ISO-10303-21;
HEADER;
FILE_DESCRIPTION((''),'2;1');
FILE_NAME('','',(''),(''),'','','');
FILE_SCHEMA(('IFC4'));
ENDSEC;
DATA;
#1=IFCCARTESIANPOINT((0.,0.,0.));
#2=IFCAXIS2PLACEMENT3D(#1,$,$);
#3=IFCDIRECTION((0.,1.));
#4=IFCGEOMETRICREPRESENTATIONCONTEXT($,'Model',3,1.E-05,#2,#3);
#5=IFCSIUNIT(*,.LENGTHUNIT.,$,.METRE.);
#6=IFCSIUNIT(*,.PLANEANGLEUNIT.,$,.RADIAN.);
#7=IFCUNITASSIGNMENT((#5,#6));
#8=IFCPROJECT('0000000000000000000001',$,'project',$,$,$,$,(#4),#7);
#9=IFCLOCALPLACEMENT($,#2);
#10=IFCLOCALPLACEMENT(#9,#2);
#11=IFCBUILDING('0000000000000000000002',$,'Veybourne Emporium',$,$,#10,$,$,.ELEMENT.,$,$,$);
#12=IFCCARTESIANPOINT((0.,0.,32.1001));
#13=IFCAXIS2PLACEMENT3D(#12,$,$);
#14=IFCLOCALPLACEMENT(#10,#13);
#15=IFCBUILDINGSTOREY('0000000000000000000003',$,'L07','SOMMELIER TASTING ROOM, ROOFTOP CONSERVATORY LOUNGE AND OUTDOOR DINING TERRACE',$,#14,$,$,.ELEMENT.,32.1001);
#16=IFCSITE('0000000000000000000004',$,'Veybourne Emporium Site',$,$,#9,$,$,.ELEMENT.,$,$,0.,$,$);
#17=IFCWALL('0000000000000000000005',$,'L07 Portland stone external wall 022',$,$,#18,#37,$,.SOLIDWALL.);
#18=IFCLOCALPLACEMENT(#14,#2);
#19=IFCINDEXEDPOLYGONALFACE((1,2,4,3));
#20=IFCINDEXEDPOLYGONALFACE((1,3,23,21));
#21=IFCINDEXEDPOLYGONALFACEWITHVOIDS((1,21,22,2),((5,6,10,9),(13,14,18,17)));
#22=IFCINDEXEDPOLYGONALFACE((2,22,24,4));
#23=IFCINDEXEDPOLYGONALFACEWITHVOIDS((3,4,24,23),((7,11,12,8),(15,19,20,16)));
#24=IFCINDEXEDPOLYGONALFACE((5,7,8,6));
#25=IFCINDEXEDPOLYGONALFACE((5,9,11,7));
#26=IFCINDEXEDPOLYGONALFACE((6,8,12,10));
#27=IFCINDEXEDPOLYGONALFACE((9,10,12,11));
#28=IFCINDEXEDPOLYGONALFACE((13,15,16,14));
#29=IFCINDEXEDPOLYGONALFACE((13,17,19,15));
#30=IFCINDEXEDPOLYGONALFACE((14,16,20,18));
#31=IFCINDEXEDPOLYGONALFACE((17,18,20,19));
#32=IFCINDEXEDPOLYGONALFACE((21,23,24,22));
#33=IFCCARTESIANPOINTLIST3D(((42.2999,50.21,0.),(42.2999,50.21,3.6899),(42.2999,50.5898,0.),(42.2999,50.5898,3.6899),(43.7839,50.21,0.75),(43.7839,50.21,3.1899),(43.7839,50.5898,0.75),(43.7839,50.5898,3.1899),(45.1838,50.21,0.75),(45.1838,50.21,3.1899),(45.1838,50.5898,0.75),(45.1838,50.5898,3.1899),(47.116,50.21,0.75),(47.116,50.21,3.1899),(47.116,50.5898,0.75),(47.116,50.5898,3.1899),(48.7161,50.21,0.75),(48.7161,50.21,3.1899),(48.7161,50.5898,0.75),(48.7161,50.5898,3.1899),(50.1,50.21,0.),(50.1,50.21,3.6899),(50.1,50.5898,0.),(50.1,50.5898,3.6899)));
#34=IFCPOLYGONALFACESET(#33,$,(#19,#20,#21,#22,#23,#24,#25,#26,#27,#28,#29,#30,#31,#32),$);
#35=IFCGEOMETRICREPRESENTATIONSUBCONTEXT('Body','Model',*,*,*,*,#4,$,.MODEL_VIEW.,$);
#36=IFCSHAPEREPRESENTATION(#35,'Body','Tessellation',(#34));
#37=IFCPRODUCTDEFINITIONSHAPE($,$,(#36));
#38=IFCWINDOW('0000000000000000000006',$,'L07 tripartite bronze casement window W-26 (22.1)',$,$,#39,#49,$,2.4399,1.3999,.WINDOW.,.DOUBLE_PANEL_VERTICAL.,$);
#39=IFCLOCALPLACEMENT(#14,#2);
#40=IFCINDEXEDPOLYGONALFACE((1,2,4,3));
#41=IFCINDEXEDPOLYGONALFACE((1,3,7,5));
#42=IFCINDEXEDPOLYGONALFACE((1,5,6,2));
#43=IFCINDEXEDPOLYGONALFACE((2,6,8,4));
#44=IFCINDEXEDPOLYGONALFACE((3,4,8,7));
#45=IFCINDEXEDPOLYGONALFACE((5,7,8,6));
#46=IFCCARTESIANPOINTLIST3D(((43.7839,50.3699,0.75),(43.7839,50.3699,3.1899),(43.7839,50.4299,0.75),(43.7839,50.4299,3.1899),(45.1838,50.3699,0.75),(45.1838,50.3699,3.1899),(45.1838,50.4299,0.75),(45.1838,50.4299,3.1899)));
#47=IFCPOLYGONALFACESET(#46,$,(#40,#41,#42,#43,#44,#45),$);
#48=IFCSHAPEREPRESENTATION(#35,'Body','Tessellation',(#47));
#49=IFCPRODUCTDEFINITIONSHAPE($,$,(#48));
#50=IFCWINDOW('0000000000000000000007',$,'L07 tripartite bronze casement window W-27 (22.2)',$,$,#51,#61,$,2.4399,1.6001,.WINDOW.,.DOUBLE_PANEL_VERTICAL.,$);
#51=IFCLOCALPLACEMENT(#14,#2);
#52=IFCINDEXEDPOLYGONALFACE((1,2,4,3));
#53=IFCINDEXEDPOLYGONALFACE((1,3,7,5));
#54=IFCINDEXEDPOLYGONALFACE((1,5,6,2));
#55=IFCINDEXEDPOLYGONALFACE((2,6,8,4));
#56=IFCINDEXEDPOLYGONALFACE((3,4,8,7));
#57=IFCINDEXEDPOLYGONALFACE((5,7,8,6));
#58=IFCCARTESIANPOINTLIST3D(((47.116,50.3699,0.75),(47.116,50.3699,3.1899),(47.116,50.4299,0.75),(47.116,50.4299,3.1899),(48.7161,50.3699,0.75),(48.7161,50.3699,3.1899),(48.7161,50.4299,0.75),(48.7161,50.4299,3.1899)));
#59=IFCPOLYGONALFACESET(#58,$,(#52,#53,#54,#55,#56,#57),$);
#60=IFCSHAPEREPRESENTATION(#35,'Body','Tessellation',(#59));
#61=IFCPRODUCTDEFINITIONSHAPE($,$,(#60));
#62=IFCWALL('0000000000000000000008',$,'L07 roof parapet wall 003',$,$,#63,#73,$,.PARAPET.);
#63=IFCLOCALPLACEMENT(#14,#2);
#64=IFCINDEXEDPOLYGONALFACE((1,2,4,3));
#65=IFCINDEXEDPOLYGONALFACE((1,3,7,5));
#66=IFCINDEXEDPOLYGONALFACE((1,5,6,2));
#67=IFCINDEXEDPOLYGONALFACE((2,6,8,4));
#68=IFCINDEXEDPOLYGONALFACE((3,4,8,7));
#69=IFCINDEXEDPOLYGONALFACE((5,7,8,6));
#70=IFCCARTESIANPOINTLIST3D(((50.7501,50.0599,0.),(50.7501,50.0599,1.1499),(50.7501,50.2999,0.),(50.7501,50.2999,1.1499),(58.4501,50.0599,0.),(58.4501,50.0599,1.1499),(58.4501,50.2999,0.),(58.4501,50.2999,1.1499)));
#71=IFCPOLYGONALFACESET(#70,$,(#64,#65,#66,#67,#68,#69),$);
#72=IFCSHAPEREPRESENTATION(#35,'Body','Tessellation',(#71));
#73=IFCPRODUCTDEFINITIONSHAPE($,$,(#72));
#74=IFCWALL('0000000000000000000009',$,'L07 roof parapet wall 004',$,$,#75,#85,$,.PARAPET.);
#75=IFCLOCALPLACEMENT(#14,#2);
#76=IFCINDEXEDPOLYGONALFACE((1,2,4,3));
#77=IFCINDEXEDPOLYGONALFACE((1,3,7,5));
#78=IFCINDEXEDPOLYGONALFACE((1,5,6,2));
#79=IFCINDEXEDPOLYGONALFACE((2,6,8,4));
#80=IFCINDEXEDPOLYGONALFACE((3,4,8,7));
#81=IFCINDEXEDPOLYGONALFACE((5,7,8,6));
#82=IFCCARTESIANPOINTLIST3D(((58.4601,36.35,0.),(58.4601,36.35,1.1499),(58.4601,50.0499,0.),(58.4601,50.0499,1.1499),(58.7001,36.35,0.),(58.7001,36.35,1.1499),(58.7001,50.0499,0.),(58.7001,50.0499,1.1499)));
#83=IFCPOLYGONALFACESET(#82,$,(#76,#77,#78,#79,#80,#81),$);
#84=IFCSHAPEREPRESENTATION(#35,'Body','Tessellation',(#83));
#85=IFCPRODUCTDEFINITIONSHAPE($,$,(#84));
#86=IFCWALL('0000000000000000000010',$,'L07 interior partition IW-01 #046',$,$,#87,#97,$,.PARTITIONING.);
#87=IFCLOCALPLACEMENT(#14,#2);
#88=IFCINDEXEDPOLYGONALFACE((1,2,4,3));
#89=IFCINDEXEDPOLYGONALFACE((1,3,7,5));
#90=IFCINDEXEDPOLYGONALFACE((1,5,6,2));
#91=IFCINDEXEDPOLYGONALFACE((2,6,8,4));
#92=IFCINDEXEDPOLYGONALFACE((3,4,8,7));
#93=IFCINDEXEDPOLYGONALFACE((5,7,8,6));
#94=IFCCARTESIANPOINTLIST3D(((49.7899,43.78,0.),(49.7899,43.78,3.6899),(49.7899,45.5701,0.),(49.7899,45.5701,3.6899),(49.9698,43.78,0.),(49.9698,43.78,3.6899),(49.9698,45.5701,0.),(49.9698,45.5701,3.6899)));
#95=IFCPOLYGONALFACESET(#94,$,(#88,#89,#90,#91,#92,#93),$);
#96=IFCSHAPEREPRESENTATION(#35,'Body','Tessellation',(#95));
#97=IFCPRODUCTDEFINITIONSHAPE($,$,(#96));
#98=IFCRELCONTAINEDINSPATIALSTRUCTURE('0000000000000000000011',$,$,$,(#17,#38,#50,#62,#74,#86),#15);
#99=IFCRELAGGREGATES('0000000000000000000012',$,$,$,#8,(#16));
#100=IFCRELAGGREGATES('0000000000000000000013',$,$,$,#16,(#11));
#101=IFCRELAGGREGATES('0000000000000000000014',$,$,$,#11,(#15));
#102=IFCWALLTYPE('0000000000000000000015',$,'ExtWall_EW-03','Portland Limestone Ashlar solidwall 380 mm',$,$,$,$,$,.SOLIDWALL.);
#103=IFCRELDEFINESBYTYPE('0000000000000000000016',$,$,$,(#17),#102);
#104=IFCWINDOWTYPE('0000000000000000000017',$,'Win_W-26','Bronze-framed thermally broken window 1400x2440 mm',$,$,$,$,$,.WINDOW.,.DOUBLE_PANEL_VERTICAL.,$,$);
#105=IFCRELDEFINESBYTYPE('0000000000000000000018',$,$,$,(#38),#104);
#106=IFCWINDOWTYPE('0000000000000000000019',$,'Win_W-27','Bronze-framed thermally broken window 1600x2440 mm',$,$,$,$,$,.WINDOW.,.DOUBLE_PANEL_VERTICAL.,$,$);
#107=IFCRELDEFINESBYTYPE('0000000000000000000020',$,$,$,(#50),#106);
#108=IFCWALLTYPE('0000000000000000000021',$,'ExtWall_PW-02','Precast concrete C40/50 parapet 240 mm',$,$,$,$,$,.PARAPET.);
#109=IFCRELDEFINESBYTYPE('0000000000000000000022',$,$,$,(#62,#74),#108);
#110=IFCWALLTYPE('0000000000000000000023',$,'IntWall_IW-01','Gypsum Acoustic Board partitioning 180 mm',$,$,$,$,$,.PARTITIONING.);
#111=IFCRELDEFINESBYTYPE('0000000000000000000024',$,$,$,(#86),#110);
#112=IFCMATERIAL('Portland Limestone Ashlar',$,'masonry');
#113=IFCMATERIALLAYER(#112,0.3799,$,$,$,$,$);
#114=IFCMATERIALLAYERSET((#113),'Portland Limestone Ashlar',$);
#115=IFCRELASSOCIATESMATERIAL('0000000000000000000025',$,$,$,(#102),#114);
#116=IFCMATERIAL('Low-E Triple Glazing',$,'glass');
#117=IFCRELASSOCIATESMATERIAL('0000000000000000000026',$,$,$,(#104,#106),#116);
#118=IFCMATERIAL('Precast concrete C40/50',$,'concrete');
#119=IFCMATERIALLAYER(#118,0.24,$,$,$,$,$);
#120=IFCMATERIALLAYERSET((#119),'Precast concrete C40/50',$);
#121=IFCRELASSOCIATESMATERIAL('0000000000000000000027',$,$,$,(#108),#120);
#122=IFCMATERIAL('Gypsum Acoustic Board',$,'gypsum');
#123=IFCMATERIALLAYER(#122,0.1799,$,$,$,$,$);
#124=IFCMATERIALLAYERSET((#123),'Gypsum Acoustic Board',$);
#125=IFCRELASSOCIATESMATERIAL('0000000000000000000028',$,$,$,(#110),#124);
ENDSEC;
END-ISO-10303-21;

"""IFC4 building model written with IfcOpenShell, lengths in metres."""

from ifc_helpers import new_model, si_unit, direction, frame, frame_2d, origin, place, context, subcontext, project, spatial, rectangle, extrude, material, layer, layer_set, type_object, element, fill, save


model = new_model("IFC4")

# Units and contexts
model_context = context("Model", 3, precision=1e-05, world=origin(), true_north=direction((0.0, 1.0)))
body_context = subcontext(model_context, "Body", "Model", "MODEL_VIEW")
ifc_project = project(units=[si_unit("LENGTHUNIT", "METRE"), si_unit("PLANEANGLEUNIT", "RADIAN")], contexts=[model_context])

# Site, building, storey
site_placement = place(None, origin())
site = spatial("IfcSite", under=ifc_project, at=site_placement, Name="Veybourne Emporium Site", CompositionType="ELEMENT", RefElevation=0.0)
building_placement = place(site_placement, origin())
building = spatial("IfcBuilding", under=site, at=building_placement, Name="Veybourne Emporium", CompositionType="ELEMENT")
storey_placement = place(building_placement, frame((0.0, 0.0, 32.1001)))
storey = spatial("IfcBuildingStorey", under=building, at=storey_placement, Name="L07", Description="SOMMELIER TASTING ROOM, ROOFTOP CONSERVATORY LOUNGE AND OUTDOOR DINING TERRACE", CompositionType="ELEMENT", Elevation=32.1001)

# Wall, openings, windows
ifc_material_1 = material(Name="Portland Limestone Ashlar", Category="masonry")
ifc_layer_1 = layer(ifc_material_1, 0.3799)
ifc_layer_set_1 = layer_set([ifc_layer_1], Name="Portland Limestone Ashlar")
wall_type_1 = type_object("IfcWallType", Name="ExtWall_EW-03", Description="Portland Limestone Ashlar solidwall 380 mm", PredefinedType="SOLIDWALL", material=ifc_layer_set_1)
ifc_material_2 = material(Name="Low-E Triple Glazing", Category="glass")
wall_1_placement = place(storey_placement, frame((42.3, 50.3999, 0.0), z_axis=(0.0, 0.0, 1.0), x_axis=(1.0, 0.0, 0.0)))
wall_1 = element("IfcWall", 1, at=wall_1_placement, inside=storey, type_object=wall_type_1, Name="L07 Portland stone external wall 022", PredefinedType="SOLIDWALL", context=body_context, shape_type="SweptSolid", body=[
    extrude(rectangle(XDim=7.8, YDim=0.3799, at=frame_2d((3.8999, 0.0))), origin(), (0.0, 0.0, 1.0), 3.6899),
])
opening_1_placement = place(wall_1_placement, frame((1.4839, 0.0, 0.75)))
opening_1 = element("IfcOpeningElement", 2, at=opening_1_placement, cuts=wall_1, PredefinedType="OPENING", context=body_context, shape_type="SweptSolid", body=[
    extrude(rectangle(XDim=1.3999, YDim=2.4399, at=frame_2d((0.7, 1.22))), frame((0.0, 0.21, 0.0), z_axis=(0.0, -1.0, 0.0), x_axis=(1.0, 0.0, 0.0)), (0.0, 0.0, 1.0), 0.4199),
])
opening_2_placement = place(wall_1_placement, frame((4.8159, 0.0, 0.75)))
opening_2 = element("IfcOpeningElement", 3, at=opening_2_placement, cuts=wall_1, PredefinedType="OPENING", context=body_context, shape_type="SweptSolid", body=[
    extrude(rectangle(XDim=1.6001, YDim=2.4399, at=frame_2d((0.8, 1.22))), frame((0.0, 0.21, 0.0), z_axis=(0.0, -1.0, 0.0), x_axis=(1.0, 0.0, 0.0)), (0.0, 0.0, 1.0), 0.4199),
])
window_type_1 = type_object("IfcWindowType", Name="Win_W-26", Description="Bronze-framed thermally broken window 1400x2440 mm", PartitioningType="DOUBLE_PANEL_VERTICAL", PredefinedType="WINDOW", material=ifc_material_2)
window_1_placement = place(opening_1_placement, origin())
window_1 = element("IfcWindow", 4, at=window_1_placement, inside=storey, type_object=window_type_1, Name="L07 tripartite bronze casement window W-26 (22.1)", OverallHeight=2.4399, OverallWidth=1.3999, PartitioningType="DOUBLE_PANEL_VERTICAL", PredefinedType="WINDOW", context=body_context, shape_type="SweptSolid", body=[
    extrude(rectangle(XDim=1.3999, YDim=2.4399, at=frame_2d((0.7, 1.22))), frame((0.0, 0.03, 0.0), z_axis=(0.0, -1.0, 0.0), x_axis=(1.0, 0.0, 0.0)), (0.0, 0.0, 1.0), 0.0601),
])
fill(opening_1, window_1)
window_type_2 = type_object("IfcWindowType", Name="Win_W-27", Description="Bronze-framed thermally broken window 1600x2440 mm", PartitioningType="DOUBLE_PANEL_VERTICAL", PredefinedType="WINDOW", material=ifc_material_2)
window_2_placement = place(opening_2_placement, origin())
window_2 = element("IfcWindow", 5, at=window_2_placement, inside=storey, type_object=window_type_2, Name="L07 tripartite bronze casement window W-27 (22.2)", OverallHeight=2.4399, OverallWidth=1.6001, PartitioningType="DOUBLE_PANEL_VERTICAL", PredefinedType="WINDOW", context=body_context, shape_type="SweptSolid", body=[
    extrude(rectangle(XDim=1.6001, YDim=2.4399, at=frame_2d((0.8, 1.22))), frame((0.0, 0.03, 0.0), z_axis=(0.0, -1.0, 0.0), x_axis=(1.0, 0.0, 0.0)), (0.0, 0.0, 1.0), 0.0601),
])
fill(opening_2, window_2)

# Walls
ifc_material_3 = material(Name="Precast concrete C40/50", Category="concrete")
ifc_layer_2 = layer(ifc_material_3, 0.24)
ifc_layer_set_2 = layer_set([ifc_layer_2], Name="Precast concrete C40/50")
wall_type_2 = type_object("IfcWallType", Name="ExtWall_PW-02", Description="Precast concrete C40/50 parapet 240 mm", PredefinedType="PARAPET", material=ifc_layer_set_2)
wall_2_placement = place(storey_placement, frame((50.75, 50.1799, 0.0), z_axis=(0.0, 0.0, 1.0), x_axis=(1.0, 0.0, 0.0)))
element("IfcWall", 6, at=wall_2_placement, inside=storey, type_object=wall_type_2, Name="L07 roof parapet wall 003", PredefinedType="PARAPET", context=body_context, shape_type="SweptSolid", body=[
    extrude(rectangle(XDim=7.7, YDim=0.24, at=frame_2d((3.8501, 0.0))), origin(), (0.0, 0.0, 1.0), 1.1499),
])
wall_3_placement = place(storey_placement, frame((58.5801, 50.05, 0.0), z_axis=(0.0, 0.0, 1.0), x_axis=(0.0, -1.0, 0.0)))
element("IfcWall", 7, at=wall_3_placement, inside=storey, type_object=wall_type_2, Name="L07 roof parapet wall 004", PredefinedType="PARAPET", context=body_context, shape_type="SweptSolid", body=[
    extrude(rectangle(XDim=13.7, YDim=0.24, at=frame_2d((6.8501, 0.0))), origin(), (0.0, 0.0, 1.0), 1.1499),
])
ifc_material_4 = material(Name="Gypsum Acoustic Board", Category="gypsum")
ifc_layer_3 = layer(ifc_material_4, 0.1799)
ifc_layer_set_3 = layer_set([ifc_layer_3], Name="Gypsum Acoustic Board")
wall_type_3 = type_object("IfcWallType", Name="IntWall_IW-01", Description="Gypsum Acoustic Board partitioning 180 mm", PredefinedType="PARTITIONING", material=ifc_layer_set_3)
wall_4_placement = place(storey_placement, frame((49.8799, 43.78, 0.0), z_axis=(0.0, 0.0, 1.0), x_axis=(0.0, 1.0, 0.0)))
element("IfcWall", 8, at=wall_4_placement, inside=storey, type_object=wall_type_3, Name="L07 interior partition IW-01 #046", PredefinedType="PARTITIONING", context=body_context, shape_type="SweptSolid", body=[
    extrude(rectangle(XDim=1.79, YDim=0.1799, at=frame_2d((0.895, 0.0))), origin(), (0.0, 0.0, 1.0), 3.6899),
])

save(model, "model.ifc")
